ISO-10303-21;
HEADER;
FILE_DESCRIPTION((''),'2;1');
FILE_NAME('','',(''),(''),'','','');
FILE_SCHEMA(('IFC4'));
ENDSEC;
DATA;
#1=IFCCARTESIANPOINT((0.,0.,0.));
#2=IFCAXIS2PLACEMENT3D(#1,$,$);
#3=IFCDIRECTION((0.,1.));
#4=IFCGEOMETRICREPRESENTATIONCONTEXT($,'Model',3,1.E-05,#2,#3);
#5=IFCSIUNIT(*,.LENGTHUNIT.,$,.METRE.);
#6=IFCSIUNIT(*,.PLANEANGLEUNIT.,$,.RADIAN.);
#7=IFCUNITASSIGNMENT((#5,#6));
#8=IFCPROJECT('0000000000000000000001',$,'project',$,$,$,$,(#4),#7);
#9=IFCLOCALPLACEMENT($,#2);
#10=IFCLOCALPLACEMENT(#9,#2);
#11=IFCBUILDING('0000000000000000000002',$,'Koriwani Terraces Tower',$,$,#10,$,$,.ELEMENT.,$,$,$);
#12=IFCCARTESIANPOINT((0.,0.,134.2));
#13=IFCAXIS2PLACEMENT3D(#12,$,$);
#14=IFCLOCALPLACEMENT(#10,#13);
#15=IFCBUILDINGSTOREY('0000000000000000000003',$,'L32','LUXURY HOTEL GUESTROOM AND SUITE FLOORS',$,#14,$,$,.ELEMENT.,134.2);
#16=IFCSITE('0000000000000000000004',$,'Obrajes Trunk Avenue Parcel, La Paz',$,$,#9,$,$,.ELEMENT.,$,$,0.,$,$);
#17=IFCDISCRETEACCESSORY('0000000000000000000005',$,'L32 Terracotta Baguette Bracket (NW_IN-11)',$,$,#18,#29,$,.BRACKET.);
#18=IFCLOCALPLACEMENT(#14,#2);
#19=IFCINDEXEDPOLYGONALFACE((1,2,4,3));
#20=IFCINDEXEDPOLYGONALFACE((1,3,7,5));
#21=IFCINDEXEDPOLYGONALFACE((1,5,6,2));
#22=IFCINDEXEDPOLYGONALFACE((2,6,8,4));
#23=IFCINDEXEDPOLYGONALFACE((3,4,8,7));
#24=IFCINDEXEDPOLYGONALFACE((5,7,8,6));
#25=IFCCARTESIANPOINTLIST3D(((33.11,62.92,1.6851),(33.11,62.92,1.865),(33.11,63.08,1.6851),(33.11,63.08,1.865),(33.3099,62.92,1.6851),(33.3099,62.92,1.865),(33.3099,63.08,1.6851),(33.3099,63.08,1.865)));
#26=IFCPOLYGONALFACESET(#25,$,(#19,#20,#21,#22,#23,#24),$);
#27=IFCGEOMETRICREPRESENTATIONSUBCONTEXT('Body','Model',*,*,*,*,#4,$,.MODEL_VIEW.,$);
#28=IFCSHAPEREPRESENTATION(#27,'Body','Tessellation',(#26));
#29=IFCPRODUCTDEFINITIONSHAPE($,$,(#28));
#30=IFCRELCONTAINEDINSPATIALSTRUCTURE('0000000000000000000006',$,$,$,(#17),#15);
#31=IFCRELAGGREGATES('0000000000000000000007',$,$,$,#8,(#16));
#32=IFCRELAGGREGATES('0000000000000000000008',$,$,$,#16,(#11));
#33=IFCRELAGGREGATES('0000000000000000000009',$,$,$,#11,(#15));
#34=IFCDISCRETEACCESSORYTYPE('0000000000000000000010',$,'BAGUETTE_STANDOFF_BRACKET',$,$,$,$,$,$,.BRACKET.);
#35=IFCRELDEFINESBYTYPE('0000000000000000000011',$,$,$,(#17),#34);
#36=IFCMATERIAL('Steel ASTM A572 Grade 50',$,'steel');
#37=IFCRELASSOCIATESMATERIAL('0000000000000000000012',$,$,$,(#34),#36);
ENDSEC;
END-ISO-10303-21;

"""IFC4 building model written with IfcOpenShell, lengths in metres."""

from ifc_helpers import new_model, si_unit, direction, frame, origin, origin_2d, place, context, subcontext, project, spatial, rectangle, extrude, material, type_object, element, save


model = new_model("IFC4")

# Units and contexts
model_context = context("Model", 3, precision=1e-05, world=origin(), true_north=direction((0.0, 1.0)))
body_context = subcontext(model_context, "Body", "Model", "MODEL_VIEW")
ifc_project = project(units=[si_unit("LENGTHUNIT", "METRE"), si_unit("PLANEANGLEUNIT", "RADIAN")], contexts=[model_context])

# Site, building, storey
site_placement = place(None, origin())
site = spatial("IfcSite", under=ifc_project, at=site_placement, Name="Obrajes Trunk Avenue Parcel, La Paz", CompositionType="ELEMENT", RefElevation=0.0)
building_placement = place(site_placement, origin())
building = spatial("IfcBuilding", under=site, at=building_placement, Name="Koriwani Terraces Tower", CompositionType="ELEMENT")
storey_placement = place(building_placement, frame((0.0, 0.0, 134.2)))
storey = spatial("IfcBuildingStorey", under=building, at=storey_placement, Name="L32", Description="LUXURY HOTEL GUESTROOM AND SUITE FLOORS", CompositionType="ELEMENT", Elevation=134.2)

# Shared definitions
ifc_material_1 = material(Name="Steel ASTM A572 Grade 50", Category="steel")

# Discrete accessory
discrete_accessory_type = type_object("IfcDiscreteAccessoryType", Name="BAGUETTE_STANDOFF_BRACKET", PredefinedType="BRACKET", material=ifc_material_1)
discrete_accessory_placement = place(storey_placement, frame((33.21, 63.0, 1.6851), z_axis=(0.0, 0.0, 1.0), x_axis=(0.0, -1.0, 0.0)))
element("IfcDiscreteAccessory", 1, at=discrete_accessory_placement, inside=storey, type_object=discrete_accessory_type, Name="L32 Terracotta Baguette Bracket (NW_IN-11)", PredefinedType="BRACKET", context=body_context, shape_type="SweptSolid", body=[
    extrude(rectangle(XDim=0.1599, YDim=0.2, at=origin_2d()), origin(), (0.0, 0.0, 1.0), 0.1799),
])

save(model, "model.ifc")
